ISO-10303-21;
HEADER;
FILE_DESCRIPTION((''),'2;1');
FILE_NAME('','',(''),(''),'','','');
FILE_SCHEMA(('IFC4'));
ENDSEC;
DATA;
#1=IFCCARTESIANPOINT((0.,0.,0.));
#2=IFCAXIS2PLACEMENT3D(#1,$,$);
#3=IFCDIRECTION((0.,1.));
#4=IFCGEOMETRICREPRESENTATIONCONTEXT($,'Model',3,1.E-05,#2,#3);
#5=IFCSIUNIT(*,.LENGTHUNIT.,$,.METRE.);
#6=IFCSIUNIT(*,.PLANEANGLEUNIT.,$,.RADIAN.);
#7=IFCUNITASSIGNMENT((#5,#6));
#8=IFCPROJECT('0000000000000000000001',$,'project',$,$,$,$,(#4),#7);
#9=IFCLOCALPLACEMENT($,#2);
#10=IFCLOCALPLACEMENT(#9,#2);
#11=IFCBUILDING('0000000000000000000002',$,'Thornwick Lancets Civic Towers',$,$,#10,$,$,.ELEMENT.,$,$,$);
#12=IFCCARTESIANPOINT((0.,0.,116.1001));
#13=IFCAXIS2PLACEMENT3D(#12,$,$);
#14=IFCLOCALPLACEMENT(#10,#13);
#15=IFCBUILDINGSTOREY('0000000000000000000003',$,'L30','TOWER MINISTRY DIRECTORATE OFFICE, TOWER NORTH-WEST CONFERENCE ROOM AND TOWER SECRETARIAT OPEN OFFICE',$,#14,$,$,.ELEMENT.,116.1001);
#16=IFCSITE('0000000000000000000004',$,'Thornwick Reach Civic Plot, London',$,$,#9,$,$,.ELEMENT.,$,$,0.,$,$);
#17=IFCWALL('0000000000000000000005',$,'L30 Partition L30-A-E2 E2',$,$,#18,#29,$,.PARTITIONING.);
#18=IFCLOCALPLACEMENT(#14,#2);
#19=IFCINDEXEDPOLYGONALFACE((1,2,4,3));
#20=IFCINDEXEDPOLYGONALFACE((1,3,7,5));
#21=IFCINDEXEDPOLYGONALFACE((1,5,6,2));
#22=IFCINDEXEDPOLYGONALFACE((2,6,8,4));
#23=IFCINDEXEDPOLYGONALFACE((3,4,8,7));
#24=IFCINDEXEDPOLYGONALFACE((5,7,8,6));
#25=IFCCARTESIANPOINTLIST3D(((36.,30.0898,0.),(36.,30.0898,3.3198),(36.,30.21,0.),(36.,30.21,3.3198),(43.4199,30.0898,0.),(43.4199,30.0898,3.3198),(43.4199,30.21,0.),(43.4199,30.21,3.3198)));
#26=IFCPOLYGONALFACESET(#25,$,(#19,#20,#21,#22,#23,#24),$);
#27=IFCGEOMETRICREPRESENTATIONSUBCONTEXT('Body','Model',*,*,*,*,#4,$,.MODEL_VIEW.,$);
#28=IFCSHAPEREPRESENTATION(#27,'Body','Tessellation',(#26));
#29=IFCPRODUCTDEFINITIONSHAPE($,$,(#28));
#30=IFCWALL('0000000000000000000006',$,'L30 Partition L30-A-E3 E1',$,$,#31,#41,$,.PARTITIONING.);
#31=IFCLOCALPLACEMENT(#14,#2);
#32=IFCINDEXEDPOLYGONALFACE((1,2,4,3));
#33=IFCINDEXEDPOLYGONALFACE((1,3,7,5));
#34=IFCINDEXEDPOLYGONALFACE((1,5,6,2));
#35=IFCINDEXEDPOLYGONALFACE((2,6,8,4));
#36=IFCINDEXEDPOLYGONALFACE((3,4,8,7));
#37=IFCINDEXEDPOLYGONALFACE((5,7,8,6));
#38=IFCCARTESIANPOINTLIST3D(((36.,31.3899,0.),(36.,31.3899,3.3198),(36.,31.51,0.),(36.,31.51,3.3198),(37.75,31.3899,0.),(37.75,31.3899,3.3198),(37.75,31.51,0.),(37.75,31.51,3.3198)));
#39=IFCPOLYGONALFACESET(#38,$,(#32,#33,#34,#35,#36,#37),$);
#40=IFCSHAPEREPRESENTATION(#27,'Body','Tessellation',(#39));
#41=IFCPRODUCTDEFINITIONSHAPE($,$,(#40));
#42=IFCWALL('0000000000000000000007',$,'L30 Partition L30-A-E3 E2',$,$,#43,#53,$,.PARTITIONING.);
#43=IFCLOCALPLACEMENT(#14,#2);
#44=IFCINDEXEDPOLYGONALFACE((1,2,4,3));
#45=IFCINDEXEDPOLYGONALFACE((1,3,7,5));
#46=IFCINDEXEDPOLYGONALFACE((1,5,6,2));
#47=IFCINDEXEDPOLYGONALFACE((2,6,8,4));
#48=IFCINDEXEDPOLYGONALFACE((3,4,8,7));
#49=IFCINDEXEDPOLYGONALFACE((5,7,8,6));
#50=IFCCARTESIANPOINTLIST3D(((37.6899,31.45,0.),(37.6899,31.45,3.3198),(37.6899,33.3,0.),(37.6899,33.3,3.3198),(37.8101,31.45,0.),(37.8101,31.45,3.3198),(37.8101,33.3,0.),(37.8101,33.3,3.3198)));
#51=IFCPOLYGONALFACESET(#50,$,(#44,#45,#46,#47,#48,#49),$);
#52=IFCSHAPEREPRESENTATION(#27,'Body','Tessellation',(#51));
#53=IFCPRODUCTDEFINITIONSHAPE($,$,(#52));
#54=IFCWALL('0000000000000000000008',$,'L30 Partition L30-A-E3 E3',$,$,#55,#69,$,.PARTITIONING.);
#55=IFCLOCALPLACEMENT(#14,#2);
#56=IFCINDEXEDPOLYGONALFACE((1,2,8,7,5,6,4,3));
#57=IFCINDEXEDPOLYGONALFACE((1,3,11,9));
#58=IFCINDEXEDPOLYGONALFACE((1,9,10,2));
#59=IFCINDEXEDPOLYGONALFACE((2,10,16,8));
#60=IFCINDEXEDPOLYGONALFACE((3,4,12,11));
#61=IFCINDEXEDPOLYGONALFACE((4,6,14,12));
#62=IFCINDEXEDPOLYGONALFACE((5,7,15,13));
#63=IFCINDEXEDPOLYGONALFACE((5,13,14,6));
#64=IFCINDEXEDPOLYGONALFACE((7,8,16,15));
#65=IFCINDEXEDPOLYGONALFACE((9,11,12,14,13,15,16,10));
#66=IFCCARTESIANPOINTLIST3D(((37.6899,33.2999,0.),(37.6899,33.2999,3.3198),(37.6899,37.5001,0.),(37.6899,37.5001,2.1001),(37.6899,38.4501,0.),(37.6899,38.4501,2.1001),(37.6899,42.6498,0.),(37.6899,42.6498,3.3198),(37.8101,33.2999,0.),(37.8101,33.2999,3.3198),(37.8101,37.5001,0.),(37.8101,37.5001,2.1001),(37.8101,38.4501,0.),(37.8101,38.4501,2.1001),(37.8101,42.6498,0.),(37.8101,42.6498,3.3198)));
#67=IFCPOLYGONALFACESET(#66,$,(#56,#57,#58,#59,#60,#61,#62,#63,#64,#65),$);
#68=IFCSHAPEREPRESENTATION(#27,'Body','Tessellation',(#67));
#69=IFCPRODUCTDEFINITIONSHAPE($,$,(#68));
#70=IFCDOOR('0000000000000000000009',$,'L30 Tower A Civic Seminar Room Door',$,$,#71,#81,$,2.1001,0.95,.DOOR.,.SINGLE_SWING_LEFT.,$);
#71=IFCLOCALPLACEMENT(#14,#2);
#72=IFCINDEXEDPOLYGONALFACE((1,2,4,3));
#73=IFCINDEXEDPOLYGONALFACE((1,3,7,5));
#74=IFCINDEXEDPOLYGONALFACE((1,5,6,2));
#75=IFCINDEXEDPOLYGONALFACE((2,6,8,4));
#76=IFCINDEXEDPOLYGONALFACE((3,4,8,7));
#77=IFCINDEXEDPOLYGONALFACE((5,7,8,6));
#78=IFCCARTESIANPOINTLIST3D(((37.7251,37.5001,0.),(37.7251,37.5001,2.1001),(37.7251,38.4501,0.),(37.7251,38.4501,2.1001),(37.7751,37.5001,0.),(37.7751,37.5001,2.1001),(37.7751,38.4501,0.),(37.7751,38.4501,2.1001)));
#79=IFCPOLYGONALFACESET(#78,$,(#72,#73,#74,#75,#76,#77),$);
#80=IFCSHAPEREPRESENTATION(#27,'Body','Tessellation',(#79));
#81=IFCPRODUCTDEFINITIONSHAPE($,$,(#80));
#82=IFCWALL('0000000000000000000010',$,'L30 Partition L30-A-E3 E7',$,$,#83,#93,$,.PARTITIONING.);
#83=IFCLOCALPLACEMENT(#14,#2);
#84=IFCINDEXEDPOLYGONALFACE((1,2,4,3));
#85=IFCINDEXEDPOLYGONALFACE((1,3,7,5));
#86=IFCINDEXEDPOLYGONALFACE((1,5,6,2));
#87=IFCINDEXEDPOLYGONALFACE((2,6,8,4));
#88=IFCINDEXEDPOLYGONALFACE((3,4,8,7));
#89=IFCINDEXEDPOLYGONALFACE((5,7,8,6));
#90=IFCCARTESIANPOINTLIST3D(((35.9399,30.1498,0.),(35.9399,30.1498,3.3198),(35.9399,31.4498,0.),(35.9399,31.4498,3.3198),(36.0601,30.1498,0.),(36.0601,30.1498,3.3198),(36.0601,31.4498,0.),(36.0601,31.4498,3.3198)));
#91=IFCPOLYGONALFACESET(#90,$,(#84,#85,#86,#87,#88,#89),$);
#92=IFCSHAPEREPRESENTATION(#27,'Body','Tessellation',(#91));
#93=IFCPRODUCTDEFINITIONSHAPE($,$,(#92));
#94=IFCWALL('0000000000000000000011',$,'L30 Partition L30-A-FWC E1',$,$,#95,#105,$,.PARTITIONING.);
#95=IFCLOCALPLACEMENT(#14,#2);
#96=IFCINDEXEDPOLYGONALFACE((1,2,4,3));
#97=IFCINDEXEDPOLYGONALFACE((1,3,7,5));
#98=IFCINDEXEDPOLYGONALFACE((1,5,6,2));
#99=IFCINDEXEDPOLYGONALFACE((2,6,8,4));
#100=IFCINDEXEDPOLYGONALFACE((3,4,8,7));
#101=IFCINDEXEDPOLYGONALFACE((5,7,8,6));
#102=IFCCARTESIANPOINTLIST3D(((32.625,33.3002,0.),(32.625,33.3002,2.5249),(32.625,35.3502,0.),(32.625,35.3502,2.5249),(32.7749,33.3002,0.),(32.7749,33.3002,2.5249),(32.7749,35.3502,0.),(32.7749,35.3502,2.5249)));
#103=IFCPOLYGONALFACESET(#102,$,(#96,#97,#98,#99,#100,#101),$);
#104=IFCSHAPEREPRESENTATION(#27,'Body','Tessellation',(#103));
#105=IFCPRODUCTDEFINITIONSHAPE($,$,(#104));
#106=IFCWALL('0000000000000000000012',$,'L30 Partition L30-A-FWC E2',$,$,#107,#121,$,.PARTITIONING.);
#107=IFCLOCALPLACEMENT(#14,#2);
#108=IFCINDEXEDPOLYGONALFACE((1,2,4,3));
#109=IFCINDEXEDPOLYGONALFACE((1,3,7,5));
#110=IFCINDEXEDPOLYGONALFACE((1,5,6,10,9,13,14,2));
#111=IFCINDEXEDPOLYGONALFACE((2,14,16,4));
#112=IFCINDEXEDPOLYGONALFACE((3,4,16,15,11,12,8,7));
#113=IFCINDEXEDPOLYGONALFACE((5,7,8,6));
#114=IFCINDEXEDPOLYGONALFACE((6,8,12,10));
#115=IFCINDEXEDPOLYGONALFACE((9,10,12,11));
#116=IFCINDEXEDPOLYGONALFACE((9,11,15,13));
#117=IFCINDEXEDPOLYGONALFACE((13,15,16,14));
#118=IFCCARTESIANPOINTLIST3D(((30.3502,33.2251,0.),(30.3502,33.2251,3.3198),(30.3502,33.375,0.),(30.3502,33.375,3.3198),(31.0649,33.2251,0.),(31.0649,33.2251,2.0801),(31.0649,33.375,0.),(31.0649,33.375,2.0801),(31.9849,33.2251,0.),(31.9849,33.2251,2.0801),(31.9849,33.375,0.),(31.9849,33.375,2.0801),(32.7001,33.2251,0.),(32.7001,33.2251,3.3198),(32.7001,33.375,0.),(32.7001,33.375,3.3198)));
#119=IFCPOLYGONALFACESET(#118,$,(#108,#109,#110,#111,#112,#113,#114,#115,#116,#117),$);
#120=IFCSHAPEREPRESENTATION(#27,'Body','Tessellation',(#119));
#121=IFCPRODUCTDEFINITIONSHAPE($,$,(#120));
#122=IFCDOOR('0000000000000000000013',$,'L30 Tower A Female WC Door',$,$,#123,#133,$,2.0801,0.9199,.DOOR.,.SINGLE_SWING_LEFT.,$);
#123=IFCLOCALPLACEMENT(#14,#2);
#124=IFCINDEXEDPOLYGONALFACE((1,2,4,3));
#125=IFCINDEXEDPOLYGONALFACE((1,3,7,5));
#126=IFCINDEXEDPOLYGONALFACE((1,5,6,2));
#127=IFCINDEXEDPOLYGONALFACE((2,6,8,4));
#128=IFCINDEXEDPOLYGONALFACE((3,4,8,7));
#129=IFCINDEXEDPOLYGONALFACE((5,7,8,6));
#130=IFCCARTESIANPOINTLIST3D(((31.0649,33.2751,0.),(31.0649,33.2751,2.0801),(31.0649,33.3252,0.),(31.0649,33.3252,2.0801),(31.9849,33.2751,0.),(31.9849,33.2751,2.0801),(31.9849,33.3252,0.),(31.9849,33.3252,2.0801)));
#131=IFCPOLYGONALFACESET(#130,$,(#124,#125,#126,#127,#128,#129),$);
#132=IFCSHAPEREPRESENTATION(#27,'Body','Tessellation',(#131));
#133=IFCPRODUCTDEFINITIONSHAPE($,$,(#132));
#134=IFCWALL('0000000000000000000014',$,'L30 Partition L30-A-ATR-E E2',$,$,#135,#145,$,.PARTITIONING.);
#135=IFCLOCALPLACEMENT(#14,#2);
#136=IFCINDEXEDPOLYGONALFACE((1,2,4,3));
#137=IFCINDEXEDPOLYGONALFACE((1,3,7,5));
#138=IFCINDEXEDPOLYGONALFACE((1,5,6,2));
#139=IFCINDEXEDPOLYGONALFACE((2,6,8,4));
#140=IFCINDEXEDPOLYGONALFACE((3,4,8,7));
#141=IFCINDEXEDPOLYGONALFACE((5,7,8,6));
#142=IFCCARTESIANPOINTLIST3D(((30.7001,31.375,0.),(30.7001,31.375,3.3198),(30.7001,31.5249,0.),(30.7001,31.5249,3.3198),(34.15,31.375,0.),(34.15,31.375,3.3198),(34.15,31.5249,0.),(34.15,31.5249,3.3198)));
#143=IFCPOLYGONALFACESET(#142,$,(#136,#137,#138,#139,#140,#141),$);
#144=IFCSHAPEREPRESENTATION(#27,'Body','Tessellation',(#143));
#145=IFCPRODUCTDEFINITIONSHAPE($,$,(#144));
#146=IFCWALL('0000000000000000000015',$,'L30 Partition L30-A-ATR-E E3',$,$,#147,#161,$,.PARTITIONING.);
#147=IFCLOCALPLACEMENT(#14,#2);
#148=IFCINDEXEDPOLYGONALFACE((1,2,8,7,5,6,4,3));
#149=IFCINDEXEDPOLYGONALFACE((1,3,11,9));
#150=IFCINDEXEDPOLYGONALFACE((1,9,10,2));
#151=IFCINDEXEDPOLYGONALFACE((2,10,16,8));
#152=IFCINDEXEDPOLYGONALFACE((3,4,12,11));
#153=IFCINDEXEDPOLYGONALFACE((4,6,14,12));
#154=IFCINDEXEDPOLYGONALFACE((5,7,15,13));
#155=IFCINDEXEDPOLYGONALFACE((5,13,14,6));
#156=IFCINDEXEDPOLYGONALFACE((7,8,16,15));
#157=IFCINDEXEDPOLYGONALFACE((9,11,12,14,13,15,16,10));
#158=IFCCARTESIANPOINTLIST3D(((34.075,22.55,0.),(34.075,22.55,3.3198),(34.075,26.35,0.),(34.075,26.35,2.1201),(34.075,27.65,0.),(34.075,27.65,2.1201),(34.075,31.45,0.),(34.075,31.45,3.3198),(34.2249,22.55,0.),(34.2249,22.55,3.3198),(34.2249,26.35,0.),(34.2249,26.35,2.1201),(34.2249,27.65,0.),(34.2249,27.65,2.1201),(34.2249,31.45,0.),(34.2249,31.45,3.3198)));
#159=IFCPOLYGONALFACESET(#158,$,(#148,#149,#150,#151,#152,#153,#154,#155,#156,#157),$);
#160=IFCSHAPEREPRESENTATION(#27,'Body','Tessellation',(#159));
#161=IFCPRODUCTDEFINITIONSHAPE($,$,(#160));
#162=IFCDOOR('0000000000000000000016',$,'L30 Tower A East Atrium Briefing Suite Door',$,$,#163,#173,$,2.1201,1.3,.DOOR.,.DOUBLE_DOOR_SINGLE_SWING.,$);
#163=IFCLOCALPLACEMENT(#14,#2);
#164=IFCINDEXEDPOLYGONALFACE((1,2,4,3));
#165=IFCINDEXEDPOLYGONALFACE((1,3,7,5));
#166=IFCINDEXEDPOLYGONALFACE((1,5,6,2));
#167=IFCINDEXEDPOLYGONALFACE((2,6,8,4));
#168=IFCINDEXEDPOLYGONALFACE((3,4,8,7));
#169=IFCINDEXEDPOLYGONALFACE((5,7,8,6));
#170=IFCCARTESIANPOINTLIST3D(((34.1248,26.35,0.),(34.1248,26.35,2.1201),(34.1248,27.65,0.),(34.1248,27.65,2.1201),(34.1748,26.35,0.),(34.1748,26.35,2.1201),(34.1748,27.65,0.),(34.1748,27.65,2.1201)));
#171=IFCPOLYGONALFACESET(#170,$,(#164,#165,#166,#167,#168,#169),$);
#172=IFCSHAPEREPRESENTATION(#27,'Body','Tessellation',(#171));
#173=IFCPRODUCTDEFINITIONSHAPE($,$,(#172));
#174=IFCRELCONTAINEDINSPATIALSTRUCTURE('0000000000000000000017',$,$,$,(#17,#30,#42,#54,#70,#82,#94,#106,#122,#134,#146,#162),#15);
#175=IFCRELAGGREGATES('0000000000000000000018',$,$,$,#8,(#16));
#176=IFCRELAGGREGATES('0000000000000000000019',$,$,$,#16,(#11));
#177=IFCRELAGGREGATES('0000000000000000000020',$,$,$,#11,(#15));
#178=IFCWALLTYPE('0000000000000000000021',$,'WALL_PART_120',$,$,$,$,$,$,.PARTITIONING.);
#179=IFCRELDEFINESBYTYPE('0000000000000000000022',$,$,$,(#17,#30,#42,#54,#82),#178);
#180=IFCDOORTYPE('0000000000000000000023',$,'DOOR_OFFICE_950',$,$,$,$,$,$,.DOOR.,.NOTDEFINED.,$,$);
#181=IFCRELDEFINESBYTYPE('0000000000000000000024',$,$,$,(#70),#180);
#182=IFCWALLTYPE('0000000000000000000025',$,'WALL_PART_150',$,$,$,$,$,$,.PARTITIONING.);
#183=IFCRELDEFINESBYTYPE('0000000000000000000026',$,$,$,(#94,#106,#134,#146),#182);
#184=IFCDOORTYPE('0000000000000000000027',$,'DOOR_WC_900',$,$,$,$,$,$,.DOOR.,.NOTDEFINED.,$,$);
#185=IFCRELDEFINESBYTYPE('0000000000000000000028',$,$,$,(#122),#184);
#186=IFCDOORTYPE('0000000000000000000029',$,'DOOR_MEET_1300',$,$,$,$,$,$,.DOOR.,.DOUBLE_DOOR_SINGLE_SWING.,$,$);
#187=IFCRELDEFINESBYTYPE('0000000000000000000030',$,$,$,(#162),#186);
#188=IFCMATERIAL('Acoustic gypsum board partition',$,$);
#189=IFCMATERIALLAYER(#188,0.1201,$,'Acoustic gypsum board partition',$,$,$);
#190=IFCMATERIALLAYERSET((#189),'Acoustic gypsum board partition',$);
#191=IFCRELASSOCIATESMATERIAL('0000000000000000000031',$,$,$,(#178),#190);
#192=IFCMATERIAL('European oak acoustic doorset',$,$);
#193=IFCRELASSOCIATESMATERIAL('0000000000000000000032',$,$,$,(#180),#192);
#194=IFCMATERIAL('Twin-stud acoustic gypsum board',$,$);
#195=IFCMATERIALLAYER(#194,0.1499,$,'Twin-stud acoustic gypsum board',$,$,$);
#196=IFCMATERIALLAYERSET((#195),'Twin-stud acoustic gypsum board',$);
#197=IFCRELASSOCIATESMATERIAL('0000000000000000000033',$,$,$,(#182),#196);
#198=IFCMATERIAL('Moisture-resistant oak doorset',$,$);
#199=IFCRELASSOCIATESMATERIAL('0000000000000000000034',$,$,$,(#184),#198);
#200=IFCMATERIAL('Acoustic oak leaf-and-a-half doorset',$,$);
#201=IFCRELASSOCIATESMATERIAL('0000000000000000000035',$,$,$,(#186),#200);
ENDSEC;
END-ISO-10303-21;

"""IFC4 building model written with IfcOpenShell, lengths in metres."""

from ifc_helpers import new_model, si_unit, direction, frame, frame_2d, origin, place, context, subcontext, project, spatial, rectangle, extrude, material, layer, layer_set, type_object, element, fill, save


model = new_model("IFC4")

# Units and contexts
model_context = context("Model", 3, precision=1e-05, world=origin(), true_north=direction((0.0, 1.0)))
body_context = subcontext(model_context, "Body", "Model", "MODEL_VIEW")
ifc_project = project(units=[si_unit("LENGTHUNIT", "METRE"), si_unit("PLANEANGLEUNIT", "RADIAN")], contexts=[model_context])

# Site, building, storey
site_placement = place(None, origin())
site = spatial("IfcSite", under=ifc_project, at=site_placement, Name="Thornwick Reach Civic Plot, London", CompositionType="ELEMENT", RefElevation=0.0)
building_placement = place(site_placement, origin())
building = spatial("IfcBuilding", under=site, at=building_placement, Name="Thornwick Lancets Civic Towers", CompositionType="ELEMENT")
storey_placement = place(building_placement, frame((0.0, 0.0, 116.1001)))
storey = spatial("IfcBuildingStorey", under=building, at=storey_placement, Name="L30", Description="TOWER MINISTRY DIRECTORATE OFFICE, TOWER NORTH-WEST CONFERENCE ROOM AND TOWER SECRETARIAT OPEN OFFICE", CompositionType="ELEMENT", Elevation=116.1001)

# Shared definitions
ifc_material_1 = material(Name="Acoustic gypsum board partition")
ifc_layer_1 = layer(ifc_material_1, 0.1201, Name="Acoustic gypsum board partition")
ifc_layer_set_1 = layer_set([ifc_layer_1], Name="Acoustic gypsum board partition")
wall_type_1 = type_object("IfcWallType", Name="WALL_PART_120", PredefinedType="PARTITIONING", material=ifc_layer_set_1)

# Shared definitions
ifc_material_2 = material(Name="European oak acoustic doorset")
door_type_1 = type_object("IfcDoorType", Name="DOOR_OFFICE_950", OperationType="NOTDEFINED", PredefinedType="DOOR", material=ifc_material_2)

# Walls
wall_1_placement = place(storey_placement, frame((36.0, 30.1499, 0.0), z_axis=(0.0, 0.0, 1.0), x_axis=(1.0, 0.0, 0.0)))
element("IfcWall", 1, at=wall_1_placement, inside=storey, type_object=wall_type_1, Name="L30 Partition L30-A-E2 E2", PredefinedType="PARTITIONING", context=body_context, shape_type="SweptSolid", body=[
    extrude(rectangle(XDim=7.4199, YDim=0.1201, at=frame_2d((3.71, 0.0))), origin(), (0.0, 0.0, 1.0), 3.3198),
])
wall_2_placement = place(storey_placement, frame((36.0, 31.45, 0.0), z_axis=(0.0, 0.0, 1.0), x_axis=(1.0, 0.0, 0.0)))
element("IfcWall", 2, at=wall_2_placement, inside=storey, type_object=wall_type_1, Name="L30 Partition L30-A-E3 E1", PredefinedType="PARTITIONING", context=body_context, shape_type="SweptSolid", body=[
    extrude(rectangle(XDim=1.75, YDim=0.1201, at=frame_2d((0.875, 0.0))), origin(), (0.0, 0.0, 1.0), 3.3198),
])
wall_3_placement = place(storey_placement, frame((37.75, 31.45, 0.0), z_axis=(0.0, 0.0, 1.0), x_axis=(0.0, 1.0, 0.0)))
element("IfcWall", 3, at=wall_3_placement, inside=storey, type_object=wall_type_1, Name="L30 Partition L30-A-E3 E2", PredefinedType="PARTITIONING", context=body_context, shape_type="SweptSolid", body=[
    extrude(rectangle(XDim=1.8501, YDim=0.1201, at=frame_2d((0.925, 0.0))), origin(), (0.0, 0.0, 1.0), 3.3198),
])

# Wall, opening, door
wall_4_placement = place(storey_placement, frame((37.75, 33.3, 0.0), z_axis=(0.0, 0.0, 1.0), x_axis=(0.0, 1.0, 0.0)))
wall_4 = element("IfcWall", 4, at=wall_4_placement, inside=storey, type_object=wall_type_1, Name="L30 Partition L30-A-E3 E3", PredefinedType="PARTITIONING", context=body_context, shape_type="SweptSolid", body=[
    extrude(rectangle(XDim=9.3499, YDim=0.1201, at=frame_2d((4.6748, 0.0))), origin(), (0.0, 0.0, 1.0), 3.3198),
])
opening_1_placement = place(wall_4_placement, frame((4.2, 0.0, 0.0)))
opening_1 = element("IfcOpeningElement", 5, at=opening_1_placement, cuts=wall_4, PredefinedType="OPENING", context=body_context, shape_type="SweptSolid", body=[
    extrude(rectangle(XDim=0.95, YDim=2.1001, at=frame_2d((0.4751, 1.05))), frame((0.0, 0.0701, 0.0), z_axis=(0.0, -1.0, 0.0), x_axis=(1.0, 0.0, 0.0)), (0.0, 0.0, 1.0), 0.1401),
])
door_1_placement = place(opening_1_placement, origin())
door_1 = element("IfcDoor", 6, at=door_1_placement, inside=storey, type_object=door_type_1, Name="L30 Tower A Civic Seminar Room Door", OperationType="SINGLE_SWING_LEFT", OverallHeight=2.1001, OverallWidth=0.95, PredefinedType="DOOR", context=body_context, shape_type="SweptSolid", body=[
    extrude(rectangle(XDim=0.95, YDim=2.1001, at=frame_2d((0.4751, 1.05))), frame((0.0, 0.0249, 0.0), z_axis=(0.0, -1.0, 0.0), x_axis=(1.0, 0.0, 0.0)), (0.0, 0.0, 1.0), 0.05),
])
fill(opening_1, door_1)

# Walls
wall_5_placement = place(storey_placement, frame((36.0, 30.1499, 0.0), z_axis=(0.0, 0.0, 1.0), x_axis=(0.0, 1.0, 0.0)))
element("IfcWall", 7, at=wall_5_placement, inside=storey, type_object=wall_type_1, Name="L30 Partition L30-A-E3 E7", PredefinedType="PARTITIONING", context=body_context, shape_type="SweptSolid", body=[
    extrude(rectangle(XDim=1.3, YDim=0.1201, at=frame_2d((0.6499, 0.0))), origin(), (0.0, 0.0, 1.0), 3.3198),
])
ifc_material_3 = material(Name="Twin-stud acoustic gypsum board")
ifc_layer_2 = layer(ifc_material_3, 0.1499, Name="Twin-stud acoustic gypsum board")
ifc_layer_set_2 = layer_set([ifc_layer_2], Name="Twin-stud acoustic gypsum board")
wall_type_2 = type_object("IfcWallType", Name="WALL_PART_150", PredefinedType="PARTITIONING", material=ifc_layer_set_2)
wall_6_placement = place(storey_placement, frame((32.7, 35.3501, 0.0), z_axis=(0.0, 0.0, 1.0), x_axis=(0.0, -1.0, 0.0)))
element("IfcWall", 8, at=wall_6_placement, inside=storey, type_object=wall_type_2, Name="L30 Partition L30-A-FWC E1", PredefinedType="PARTITIONING", context=body_context, shape_type="SweptSolid", body=[
    extrude(rectangle(XDim=2.05, YDim=0.1499, at=frame_2d((1.0249, 0.0))), origin(), (0.0, 0.0, 1.0), 2.5249),
])

# Wall, opening, door
wall_7_placement = place(storey_placement, frame((32.7, 33.3, 0.0), z_axis=(0.0, 0.0, 1.0), x_axis=(-1.0, 0.0, 0.0)))
wall_7 = element("IfcWall", 9, at=wall_7_placement, inside=storey, type_object=wall_type_2, Name="L30 Partition L30-A-FWC E2", PredefinedType="PARTITIONING", context=body_context, shape_type="SweptSolid", body=[
    extrude(rectangle(XDim=2.3499, YDim=0.1499, at=frame_2d((1.1748, 0.0))), origin(), (0.0, 0.0, 1.0), 3.3198),
])
opening_2_placement = place(wall_7_placement, frame((0.7151, 0.0, 0.0)))
opening_2 = element("IfcOpeningElement", 10, at=opening_2_placement, cuts=wall_7, PredefinedType="OPENING", context=body_context, shape_type="SweptSolid", body=[
    extrude(rectangle(XDim=0.9199, YDim=2.0801, at=frame_2d((0.46, 1.04))), frame((0.0, 0.085, 0.0), z_axis=(0.0, -1.0, 0.0), x_axis=(1.0, 0.0, 0.0)), (0.0, 0.0, 1.0), 0.1699),
])
ifc_material_4 = material(Name="Moisture-resistant oak doorset")
door_type_2 = type_object("IfcDoorType", Name="DOOR_WC_900", OperationType="NOTDEFINED", PredefinedType="DOOR", material=ifc_material_4)
door_2_placement = place(opening_2_placement, origin())
door_2 = element("IfcDoor", 11, at=door_2_placement, inside=storey, type_object=door_type_2, Name="L30 Tower A Female WC Door", OperationType="SINGLE_SWING_LEFT", OverallHeight=2.0801, OverallWidth=0.9199, PredefinedType="DOOR", context=body_context, shape_type="SweptSolid", body=[
    extrude(rectangle(XDim=0.9199, YDim=2.0801, at=frame_2d((0.46, 1.04))), frame((0.0, 0.0249, 0.0), z_axis=(0.0, -1.0, 0.0), x_axis=(1.0, 0.0, 0.0)), (0.0, 0.0, 1.0), 0.05),
])
fill(opening_2, door_2)

# Wall
wall_8_placement = place(storey_placement, frame((30.7, 31.45, 0.0), z_axis=(0.0, 0.0, 1.0), x_axis=(1.0, 0.0, 0.0)))
element("IfcWall", 12, at=wall_8_placement, inside=storey, type_object=wall_type_2, Name="L30 Partition L30-A-ATR-E E2", PredefinedType="PARTITIONING", context=body_context, shape_type="SweptSolid", body=[
    extrude(rectangle(XDim=3.45, YDim=0.1499, at=frame_2d((1.7251, 0.0))), origin(), (0.0, 0.0, 1.0), 3.3198),
])

# Wall, opening, door
wall_9_placement = place(storey_placement, frame((34.1499, 31.45, 0.0), z_axis=(0.0, 0.0, 1.0), x_axis=(0.0, -1.0, 0.0)))
wall_9 = element("IfcWall", 13, at=wall_9_placement, inside=storey, type_object=wall_type_2, Name="L30 Partition L30-A-ATR-E E3", PredefinedType="PARTITIONING", context=body_context, shape_type="SweptSolid", body=[
    extrude(rectangle(XDim=8.8999, YDim=0.1499, at=frame_2d((4.45, 0.0))), origin(), (0.0, 0.0, 1.0), 3.3198),
])
opening_3_placement = place(wall_9_placement, frame((3.8, 0.0, 0.0)))
opening_3 = element("IfcOpeningElement", 14, at=opening_3_placement, cuts=wall_9, PredefinedType="OPENING", context=body_context, shape_type="SweptSolid", body=[
    extrude(rectangle(XDim=1.3, YDim=2.1201, at=frame_2d((0.6499, 1.0601))), frame((0.0, 0.085, 0.0), z_axis=(0.0, -1.0, 0.0), x_axis=(1.0, 0.0, 0.0)), (0.0, 0.0, 1.0), 0.1699),
])
ifc_material_5 = material(Name="Acoustic oak leaf-and-a-half doorset")
door_type_3 = type_object("IfcDoorType", Name="DOOR_MEET_1300", OperationType="DOUBLE_DOOR_SINGLE_SWING", PredefinedType="DOOR", material=ifc_material_5)
door_3_placement = place(opening_3_placement, origin())
door_3 = element("IfcDoor", 15, at=door_3_placement, inside=storey, type_object=door_type_3, Name="L30 Tower A East Atrium Briefing Suite Door", OperationType="DOUBLE_DOOR_SINGLE_SWING", OverallHeight=2.1201, OverallWidth=1.3, PredefinedType="DOOR", context=body_context, shape_type="SweptSolid", body=[
    extrude(rectangle(XDim=1.3, YDim=2.1201, at=frame_2d((0.6499, 1.0601))), frame((0.0, 0.0249, 0.0), z_axis=(0.0, -1.0, 0.0), x_axis=(1.0, 0.0, 0.0)), (0.0, 0.0, 1.0), 0.05),
])
fill(opening_3, door_3)

save(model, "model.ifc")
